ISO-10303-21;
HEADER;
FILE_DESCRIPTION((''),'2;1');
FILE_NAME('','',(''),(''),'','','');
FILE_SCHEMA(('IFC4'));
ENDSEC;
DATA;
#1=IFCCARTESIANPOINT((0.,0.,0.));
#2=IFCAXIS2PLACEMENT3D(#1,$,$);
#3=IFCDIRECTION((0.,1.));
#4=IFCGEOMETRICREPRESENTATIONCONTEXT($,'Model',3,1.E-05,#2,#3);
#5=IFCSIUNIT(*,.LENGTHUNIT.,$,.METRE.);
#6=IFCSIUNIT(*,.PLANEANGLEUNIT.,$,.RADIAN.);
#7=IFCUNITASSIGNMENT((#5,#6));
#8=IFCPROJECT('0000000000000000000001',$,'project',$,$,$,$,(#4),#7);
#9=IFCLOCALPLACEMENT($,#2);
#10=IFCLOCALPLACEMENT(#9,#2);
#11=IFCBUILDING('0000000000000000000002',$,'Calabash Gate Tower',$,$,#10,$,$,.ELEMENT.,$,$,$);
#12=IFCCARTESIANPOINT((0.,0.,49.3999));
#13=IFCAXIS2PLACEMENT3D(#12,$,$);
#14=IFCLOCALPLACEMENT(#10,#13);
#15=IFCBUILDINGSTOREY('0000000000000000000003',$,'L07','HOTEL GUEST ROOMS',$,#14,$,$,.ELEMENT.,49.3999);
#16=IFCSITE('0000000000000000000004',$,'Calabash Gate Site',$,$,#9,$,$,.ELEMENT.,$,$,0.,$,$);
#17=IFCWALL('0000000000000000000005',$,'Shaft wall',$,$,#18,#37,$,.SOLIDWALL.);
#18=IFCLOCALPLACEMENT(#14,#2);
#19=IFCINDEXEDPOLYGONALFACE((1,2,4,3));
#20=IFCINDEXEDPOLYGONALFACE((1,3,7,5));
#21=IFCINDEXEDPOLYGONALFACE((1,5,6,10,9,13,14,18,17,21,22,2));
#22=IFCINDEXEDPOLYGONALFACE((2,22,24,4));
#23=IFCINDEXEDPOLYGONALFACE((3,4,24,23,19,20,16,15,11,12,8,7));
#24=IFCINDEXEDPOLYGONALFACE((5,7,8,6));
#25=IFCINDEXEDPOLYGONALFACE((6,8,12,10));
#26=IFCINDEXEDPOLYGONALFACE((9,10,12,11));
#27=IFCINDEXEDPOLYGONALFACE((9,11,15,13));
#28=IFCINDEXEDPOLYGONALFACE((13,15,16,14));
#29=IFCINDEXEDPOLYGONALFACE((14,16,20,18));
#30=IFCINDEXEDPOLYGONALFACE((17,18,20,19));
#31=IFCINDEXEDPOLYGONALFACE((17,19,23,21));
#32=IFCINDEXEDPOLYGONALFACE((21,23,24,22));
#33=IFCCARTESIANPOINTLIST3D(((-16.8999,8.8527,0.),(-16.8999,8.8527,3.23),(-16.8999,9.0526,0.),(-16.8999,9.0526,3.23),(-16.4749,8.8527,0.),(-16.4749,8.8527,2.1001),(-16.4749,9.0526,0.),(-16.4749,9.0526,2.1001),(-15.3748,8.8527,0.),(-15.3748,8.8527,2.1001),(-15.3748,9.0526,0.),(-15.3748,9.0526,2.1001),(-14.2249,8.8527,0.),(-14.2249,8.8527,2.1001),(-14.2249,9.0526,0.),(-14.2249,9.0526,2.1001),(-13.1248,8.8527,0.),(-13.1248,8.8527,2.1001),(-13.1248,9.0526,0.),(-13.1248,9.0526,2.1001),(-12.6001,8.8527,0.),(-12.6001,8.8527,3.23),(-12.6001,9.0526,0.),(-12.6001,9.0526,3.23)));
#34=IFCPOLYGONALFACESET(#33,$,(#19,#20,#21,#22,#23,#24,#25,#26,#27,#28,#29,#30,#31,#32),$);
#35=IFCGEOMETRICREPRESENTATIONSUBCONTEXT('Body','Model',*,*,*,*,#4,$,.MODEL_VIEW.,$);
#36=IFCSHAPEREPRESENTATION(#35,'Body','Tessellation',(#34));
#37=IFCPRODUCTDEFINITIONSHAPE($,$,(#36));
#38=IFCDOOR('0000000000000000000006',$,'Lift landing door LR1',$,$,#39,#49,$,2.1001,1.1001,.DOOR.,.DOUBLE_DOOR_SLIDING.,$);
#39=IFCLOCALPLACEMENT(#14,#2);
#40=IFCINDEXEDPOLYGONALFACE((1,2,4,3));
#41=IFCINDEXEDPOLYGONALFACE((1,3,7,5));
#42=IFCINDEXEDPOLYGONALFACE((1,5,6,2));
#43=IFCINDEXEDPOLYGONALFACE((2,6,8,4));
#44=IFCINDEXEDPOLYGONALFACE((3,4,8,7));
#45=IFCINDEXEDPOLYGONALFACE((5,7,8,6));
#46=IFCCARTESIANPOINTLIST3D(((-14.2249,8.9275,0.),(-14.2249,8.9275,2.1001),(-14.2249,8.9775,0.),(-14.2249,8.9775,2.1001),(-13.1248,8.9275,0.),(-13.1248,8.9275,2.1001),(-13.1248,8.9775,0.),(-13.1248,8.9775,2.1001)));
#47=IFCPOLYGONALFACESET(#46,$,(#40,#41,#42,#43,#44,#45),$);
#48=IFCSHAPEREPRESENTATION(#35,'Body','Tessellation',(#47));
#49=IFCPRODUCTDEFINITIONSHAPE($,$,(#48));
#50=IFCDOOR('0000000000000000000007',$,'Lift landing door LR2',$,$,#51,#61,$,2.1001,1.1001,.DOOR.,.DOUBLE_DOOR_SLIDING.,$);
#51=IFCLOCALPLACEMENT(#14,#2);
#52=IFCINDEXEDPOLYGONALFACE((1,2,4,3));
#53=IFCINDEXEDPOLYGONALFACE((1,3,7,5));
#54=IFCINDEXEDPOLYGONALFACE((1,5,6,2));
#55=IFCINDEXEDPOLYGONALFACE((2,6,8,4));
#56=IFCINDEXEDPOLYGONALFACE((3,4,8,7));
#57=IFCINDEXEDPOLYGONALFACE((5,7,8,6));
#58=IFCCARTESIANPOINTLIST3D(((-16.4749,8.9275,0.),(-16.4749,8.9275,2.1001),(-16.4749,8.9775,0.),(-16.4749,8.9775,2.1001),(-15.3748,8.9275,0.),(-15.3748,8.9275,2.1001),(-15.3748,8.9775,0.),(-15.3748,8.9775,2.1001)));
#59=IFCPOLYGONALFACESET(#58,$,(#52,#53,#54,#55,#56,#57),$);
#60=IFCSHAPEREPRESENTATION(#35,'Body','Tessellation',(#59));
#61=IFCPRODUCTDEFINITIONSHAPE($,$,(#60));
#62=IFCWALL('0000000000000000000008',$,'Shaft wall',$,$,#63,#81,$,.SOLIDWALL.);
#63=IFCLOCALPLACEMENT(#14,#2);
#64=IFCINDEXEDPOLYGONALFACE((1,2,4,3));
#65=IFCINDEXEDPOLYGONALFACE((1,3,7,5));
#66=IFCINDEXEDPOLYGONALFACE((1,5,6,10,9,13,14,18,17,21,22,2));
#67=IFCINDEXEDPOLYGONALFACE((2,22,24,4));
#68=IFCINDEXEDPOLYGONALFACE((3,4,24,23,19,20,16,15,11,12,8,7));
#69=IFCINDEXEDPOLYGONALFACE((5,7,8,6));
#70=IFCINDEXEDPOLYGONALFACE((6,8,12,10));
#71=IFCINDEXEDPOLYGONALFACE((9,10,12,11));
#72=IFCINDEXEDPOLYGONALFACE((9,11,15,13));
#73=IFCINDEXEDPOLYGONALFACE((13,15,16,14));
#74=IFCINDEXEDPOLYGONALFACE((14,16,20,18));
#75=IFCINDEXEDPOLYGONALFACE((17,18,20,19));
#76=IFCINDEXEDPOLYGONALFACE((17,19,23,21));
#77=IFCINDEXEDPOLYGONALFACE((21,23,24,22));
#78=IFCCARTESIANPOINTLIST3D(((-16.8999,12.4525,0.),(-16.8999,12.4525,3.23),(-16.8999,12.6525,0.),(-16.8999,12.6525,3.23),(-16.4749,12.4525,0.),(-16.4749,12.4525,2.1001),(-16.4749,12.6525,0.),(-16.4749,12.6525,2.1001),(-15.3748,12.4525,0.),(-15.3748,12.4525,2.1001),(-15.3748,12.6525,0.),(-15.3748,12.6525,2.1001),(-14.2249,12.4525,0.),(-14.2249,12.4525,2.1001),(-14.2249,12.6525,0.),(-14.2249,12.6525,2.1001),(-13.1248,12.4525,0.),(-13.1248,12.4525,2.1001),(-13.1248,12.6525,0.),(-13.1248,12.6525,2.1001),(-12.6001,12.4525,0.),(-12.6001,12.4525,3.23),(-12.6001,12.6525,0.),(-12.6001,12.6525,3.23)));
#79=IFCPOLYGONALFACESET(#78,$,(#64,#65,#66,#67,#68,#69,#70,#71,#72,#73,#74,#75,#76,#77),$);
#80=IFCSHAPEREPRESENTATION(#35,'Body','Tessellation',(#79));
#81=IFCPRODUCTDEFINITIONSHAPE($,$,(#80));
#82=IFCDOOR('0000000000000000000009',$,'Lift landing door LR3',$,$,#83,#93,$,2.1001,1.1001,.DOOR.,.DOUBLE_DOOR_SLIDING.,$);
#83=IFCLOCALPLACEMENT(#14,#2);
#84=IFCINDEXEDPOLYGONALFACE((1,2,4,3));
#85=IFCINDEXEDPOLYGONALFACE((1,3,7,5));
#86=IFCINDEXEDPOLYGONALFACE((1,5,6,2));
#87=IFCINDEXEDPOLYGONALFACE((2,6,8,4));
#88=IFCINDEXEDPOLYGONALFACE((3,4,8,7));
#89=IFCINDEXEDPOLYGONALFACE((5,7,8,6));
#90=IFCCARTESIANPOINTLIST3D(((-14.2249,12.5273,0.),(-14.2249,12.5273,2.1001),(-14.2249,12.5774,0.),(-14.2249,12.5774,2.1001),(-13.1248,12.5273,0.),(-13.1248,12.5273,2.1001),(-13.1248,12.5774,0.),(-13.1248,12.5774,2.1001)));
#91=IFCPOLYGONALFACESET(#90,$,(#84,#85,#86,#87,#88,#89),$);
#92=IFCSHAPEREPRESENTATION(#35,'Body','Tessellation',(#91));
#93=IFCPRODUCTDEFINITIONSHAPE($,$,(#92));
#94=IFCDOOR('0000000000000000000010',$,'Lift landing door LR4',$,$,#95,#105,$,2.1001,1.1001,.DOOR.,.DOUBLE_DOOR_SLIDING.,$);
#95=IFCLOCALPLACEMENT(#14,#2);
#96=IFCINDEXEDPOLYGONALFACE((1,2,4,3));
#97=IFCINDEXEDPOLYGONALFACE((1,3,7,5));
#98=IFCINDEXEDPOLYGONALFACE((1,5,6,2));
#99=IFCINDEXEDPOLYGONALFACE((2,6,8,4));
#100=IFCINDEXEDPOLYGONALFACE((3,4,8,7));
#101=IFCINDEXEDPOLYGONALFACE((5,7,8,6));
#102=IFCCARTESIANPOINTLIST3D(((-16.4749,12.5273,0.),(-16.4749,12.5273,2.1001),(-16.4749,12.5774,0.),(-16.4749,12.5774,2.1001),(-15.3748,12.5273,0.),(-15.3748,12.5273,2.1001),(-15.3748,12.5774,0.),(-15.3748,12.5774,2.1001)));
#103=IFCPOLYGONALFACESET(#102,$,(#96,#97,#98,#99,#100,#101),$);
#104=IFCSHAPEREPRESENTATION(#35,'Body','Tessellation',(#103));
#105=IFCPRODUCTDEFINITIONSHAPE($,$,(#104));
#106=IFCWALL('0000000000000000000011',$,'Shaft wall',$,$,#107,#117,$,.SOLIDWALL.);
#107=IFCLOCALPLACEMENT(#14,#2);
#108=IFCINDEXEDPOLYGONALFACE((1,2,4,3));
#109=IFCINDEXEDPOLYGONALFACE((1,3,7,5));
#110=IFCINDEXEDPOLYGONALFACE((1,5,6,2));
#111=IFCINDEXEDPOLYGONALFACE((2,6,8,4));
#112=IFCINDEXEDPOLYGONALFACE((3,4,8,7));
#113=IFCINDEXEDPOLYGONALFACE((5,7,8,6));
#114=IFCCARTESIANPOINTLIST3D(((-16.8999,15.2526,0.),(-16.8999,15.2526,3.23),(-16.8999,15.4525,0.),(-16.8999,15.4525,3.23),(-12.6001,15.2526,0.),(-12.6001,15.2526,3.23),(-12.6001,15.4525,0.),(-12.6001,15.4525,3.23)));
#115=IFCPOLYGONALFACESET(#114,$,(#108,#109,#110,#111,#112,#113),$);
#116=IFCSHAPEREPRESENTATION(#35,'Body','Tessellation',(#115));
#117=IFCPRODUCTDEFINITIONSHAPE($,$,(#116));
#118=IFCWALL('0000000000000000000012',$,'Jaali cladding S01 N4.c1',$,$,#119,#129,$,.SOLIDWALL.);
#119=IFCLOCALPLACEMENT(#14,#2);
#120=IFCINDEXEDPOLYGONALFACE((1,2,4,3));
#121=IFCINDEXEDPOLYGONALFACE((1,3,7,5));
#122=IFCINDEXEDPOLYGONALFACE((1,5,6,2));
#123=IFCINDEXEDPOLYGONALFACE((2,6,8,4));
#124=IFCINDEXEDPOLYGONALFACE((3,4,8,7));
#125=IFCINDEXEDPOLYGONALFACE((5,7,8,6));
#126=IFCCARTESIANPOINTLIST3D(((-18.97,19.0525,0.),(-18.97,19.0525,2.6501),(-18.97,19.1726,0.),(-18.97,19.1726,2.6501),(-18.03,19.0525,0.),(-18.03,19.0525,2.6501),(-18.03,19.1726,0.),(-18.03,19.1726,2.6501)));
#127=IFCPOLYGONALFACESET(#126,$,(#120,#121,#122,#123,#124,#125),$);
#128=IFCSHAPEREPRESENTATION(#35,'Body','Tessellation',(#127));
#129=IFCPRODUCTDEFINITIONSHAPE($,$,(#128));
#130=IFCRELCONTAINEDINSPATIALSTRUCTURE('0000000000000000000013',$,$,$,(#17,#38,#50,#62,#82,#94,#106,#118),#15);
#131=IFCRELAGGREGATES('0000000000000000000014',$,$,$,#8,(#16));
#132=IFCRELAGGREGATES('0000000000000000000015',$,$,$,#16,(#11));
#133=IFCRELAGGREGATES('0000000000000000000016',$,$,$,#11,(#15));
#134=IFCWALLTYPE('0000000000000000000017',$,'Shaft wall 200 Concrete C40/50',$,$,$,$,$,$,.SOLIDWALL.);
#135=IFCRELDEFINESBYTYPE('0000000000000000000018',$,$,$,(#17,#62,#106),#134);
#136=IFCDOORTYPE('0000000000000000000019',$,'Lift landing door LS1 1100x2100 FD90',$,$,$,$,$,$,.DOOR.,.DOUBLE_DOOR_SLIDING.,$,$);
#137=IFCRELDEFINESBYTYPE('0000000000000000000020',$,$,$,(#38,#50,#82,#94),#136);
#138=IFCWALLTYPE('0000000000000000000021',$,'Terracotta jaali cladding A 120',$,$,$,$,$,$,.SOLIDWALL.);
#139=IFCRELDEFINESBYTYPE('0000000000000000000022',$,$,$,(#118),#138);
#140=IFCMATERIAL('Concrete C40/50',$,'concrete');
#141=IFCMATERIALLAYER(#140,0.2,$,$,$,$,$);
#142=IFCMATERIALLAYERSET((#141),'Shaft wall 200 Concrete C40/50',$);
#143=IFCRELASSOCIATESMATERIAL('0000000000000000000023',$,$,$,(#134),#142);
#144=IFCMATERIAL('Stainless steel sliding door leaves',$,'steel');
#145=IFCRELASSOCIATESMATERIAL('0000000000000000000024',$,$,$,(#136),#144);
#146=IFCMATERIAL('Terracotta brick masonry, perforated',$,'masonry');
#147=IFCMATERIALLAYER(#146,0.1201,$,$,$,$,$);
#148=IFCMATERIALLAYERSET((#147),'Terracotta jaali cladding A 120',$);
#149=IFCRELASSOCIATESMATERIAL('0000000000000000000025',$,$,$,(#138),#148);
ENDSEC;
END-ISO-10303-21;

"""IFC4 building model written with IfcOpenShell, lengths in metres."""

from ifc_helpers import new_model, si_unit, direction, frame, frame_2d, origin, place, context, subcontext, project, spatial, rectangle, extrude, material, layer, layer_set, type_object, element, fill, save


model = new_model("IFC4")

# Units and contexts
model_context = context("Model", 3, precision=1e-05, world=origin(), true_north=direction((0.0, 1.0)))
body_context = subcontext(model_context, "Body", "Model", "MODEL_VIEW")
ifc_project = project(units=[si_unit("LENGTHUNIT", "METRE"), si_unit("PLANEANGLEUNIT", "RADIAN")], contexts=[model_context])

# Site, building, storey
site_placement = place(None, origin())
site = spatial("IfcSite", under=ifc_project, at=site_placement, Name="Calabash Gate Site", CompositionType="ELEMENT", RefElevation=0.0)
building_placement = place(site_placement, origin())
building = spatial("IfcBuilding", under=site, at=building_placement, Name="Calabash Gate Tower", CompositionType="ELEMENT")
storey_placement = place(building_placement, frame((0.0, 0.0, 49.3999)))
storey = spatial("IfcBuildingStorey", under=building, at=storey_placement, Name="L07", Description="HOTEL GUEST ROOMS", CompositionType="ELEMENT", Elevation=49.3999)

# Walls, openings, doors
ifc_material_1 = material(Name="Concrete C40/50", Category="concrete")
ifc_layer_1 = layer(ifc_material_1, 0.2)
ifc_layer_set_1 = layer_set([ifc_layer_1], Name="Shaft wall 200 Concrete C40/50")
wall_type_1 = type_object("IfcWallType", Name="Shaft wall 200 Concrete C40/50", PredefinedType="SOLIDWALL", material=ifc_layer_set_1)
wall_1_placement = place(storey_placement, frame((-16.8999, 8.9526, 0.0), z_axis=(0.0, 0.0, 1.0), x_axis=(1.0, 0.0, 0.0)))
wall_1 = element("IfcWall", 1, at=wall_1_placement, inside=storey, type_object=wall_type_1, Name="Shaft wall", PredefinedType="SOLIDWALL", context=body_context, shape_type="SweptSolid", body=[
    extrude(rectangle(XDim=4.2998, YDim=0.2, at=frame_2d((2.1499, 0.0))), origin(), (0.0, 0.0, 1.0), 3.23),
])
opening_1_placement = place(wall_1_placement, frame((2.675, 0.0, 0.0)))
opening_1 = element("IfcOpeningElement", 2, at=opening_1_placement, cuts=wall_1, PredefinedType="OPENING", context=body_context, shape_type="SweptSolid", body=[
    extrude(rectangle(XDim=1.1001, YDim=2.1001, at=frame_2d((0.55, 1.05))), frame((0.0, 0.1099, 0.0), z_axis=(0.0, -1.0, 0.0), x_axis=(1.0, 0.0, 0.0)), (0.0, 0.0, 1.0), 0.22),
])
opening_2_placement = place(wall_1_placement, frame((0.425, 0.0, 0.0)))
opening_2 = element("IfcOpeningElement", 3, at=opening_2_placement, cuts=wall_1, PredefinedType="OPENING", context=body_context, shape_type="SweptSolid", body=[
    extrude(rectangle(XDim=1.1001, YDim=2.1001, at=frame_2d((0.55, 1.05))), frame((0.0, 0.1099, 0.0), z_axis=(0.0, -1.0, 0.0), x_axis=(1.0, 0.0, 0.0)), (0.0, 0.0, 1.0), 0.22),
])
ifc_material_2 = material(Name="Stainless steel sliding door leaves", Category="steel")
door_type_1 = type_object("IfcDoorType", Name="Lift landing door LS1 1100x2100 FD90", OperationType="DOUBLE_DOOR_SLIDING", PredefinedType="DOOR", material=ifc_material_2)
door_1_placement = place(opening_1_placement, origin())
door_1 = element("IfcDoor", 4, at=door_1_placement, inside=storey, type_object=door_type_1, Name="Lift landing door LR1", OperationType="DOUBLE_DOOR_SLIDING", OverallHeight=2.1001, OverallWidth=1.1001, PredefinedType="DOOR", context=body_context, shape_type="SweptSolid", body=[
    extrude(rectangle(XDim=1.1001, YDim=2.1001, at=frame_2d((0.55, 1.05))), frame((0.0, 0.0249, 0.0), z_axis=(0.0, -1.0, 0.0), x_axis=(1.0, 0.0, 0.0)), (0.0, 0.0, 1.0), 0.05),
])
fill(opening_1, door_1)
door_2_placement = place(opening_2_placement, origin())
door_2 = element("IfcDoor", 5, at=door_2_placement, inside=storey, type_object=door_type_1, Name="Lift landing door LR2", OperationType="DOUBLE_DOOR_SLIDING", OverallHeight=2.1001, OverallWidth=1.1001, PredefinedType="DOOR", context=body_context, shape_type="SweptSolid", body=[
    extrude(rectangle(XDim=1.1001, YDim=2.1001, at=frame_2d((0.55, 1.05))), frame((0.0, 0.0249, 0.0), z_axis=(0.0, -1.0, 0.0), x_axis=(1.0, 0.0, 0.0)), (0.0, 0.0, 1.0), 0.05),
])
fill(opening_2, door_2)
wall_2_placement = place(storey_placement, frame((-16.8999, 12.5525, 0.0), z_axis=(0.0, 0.0, 1.0), x_axis=(1.0, 0.0, 0.0)))
wall_2 = element("IfcWall", 6, at=wall_2_placement, inside=storey, type_object=wall_type_1, Name="Shaft wall", PredefinedType="SOLIDWALL", context=body_context, shape_type="SweptSolid", body=[
    extrude(rectangle(XDim=4.2998, YDim=0.2, at=frame_2d((2.1499, 0.0))), origin(), (0.0, 0.0, 1.0), 3.23),
])
opening_3_placement = place(wall_2_placement, frame((2.675, 0.0, 0.0)))
opening_3 = element("IfcOpeningElement", 7, at=opening_3_placement, cuts=wall_2, PredefinedType="OPENING", context=body_context, shape_type="SweptSolid", body=[
    extrude(rectangle(XDim=1.1001, YDim=2.1001, at=frame_2d((0.55, 1.05))), frame((0.0, 0.1099, 0.0), z_axis=(0.0, -1.0, 0.0), x_axis=(1.0, 0.0, 0.0)), (0.0, 0.0, 1.0), 0.22),
])
opening_4_placement = place(wall_2_placement, frame((0.425, 0.0, 0.0)))
opening_4 = element("IfcOpeningElement", 8, at=opening_4_placement, cuts=wall_2, PredefinedType="OPENING", context=body_context, shape_type="SweptSolid", body=[
    extrude(rectangle(XDim=1.1001, YDim=2.1001, at=frame_2d((0.55, 1.05))), frame((0.0, 0.1099, 0.0), z_axis=(0.0, -1.0, 0.0), x_axis=(1.0, 0.0, 0.0)), (0.0, 0.0, 1.0), 0.22),
])
door_3_placement = place(opening_3_placement, origin())
door_3 = element("IfcDoor", 9, at=door_3_placement, inside=storey, type_object=door_type_1, Name="Lift landing door LR3", OperationType="DOUBLE_DOOR_SLIDING", OverallHeight=2.1001, OverallWidth=1.1001, PredefinedType="DOOR", context=body_context, shape_type="SweptSolid", body=[
    extrude(rectangle(XDim=1.1001, YDim=2.1001, at=frame_2d((0.55, 1.05))), frame((0.0, 0.0249, 0.0), z_axis=(0.0, -1.0, 0.0), x_axis=(1.0, 0.0, 0.0)), (0.0, 0.0, 1.0), 0.05),
])
fill(opening_3, door_3)
door_4_placement = place(opening_4_placement, origin())
door_4 = element("IfcDoor", 10, at=door_4_placement, inside=storey, type_object=door_type_1, Name="Lift landing door LR4", OperationType="DOUBLE_DOOR_SLIDING", OverallHeight=2.1001, OverallWidth=1.1001, PredefinedType="DOOR", context=body_context, shape_type="SweptSolid", body=[
    extrude(rectangle(XDim=1.1001, YDim=2.1001, at=frame_2d((0.55, 1.05))), frame((0.0, 0.0249, 0.0), z_axis=(0.0, -1.0, 0.0), x_axis=(1.0, 0.0, 0.0)), (0.0, 0.0, 1.0), 0.05),
])
fill(opening_4, door_4)

# Walls
wall_3_placement = place(storey_placement, frame((-16.8999, 15.3525, 0.0), z_axis=(0.0, 0.0, 1.0), x_axis=(1.0, 0.0, 0.0)))
element("IfcWall", 11, at=wall_3_placement, inside=storey, type_object=wall_type_1, Name="Shaft wall", PredefinedType="SOLIDWALL", context=body_context, shape_type="SweptSolid", body=[
    extrude(rectangle(XDim=4.2998, YDim=0.2, at=frame_2d((2.1499, 0.0))), origin(), (0.0, 0.0, 1.0), 3.23),
])
ifc_material_3 = material(Name="Terracotta brick masonry, perforated", Category="masonry")
ifc_layer_2 = layer(ifc_material_3, 0.1201)
ifc_layer_set_2 = layer_set([ifc_layer_2], Name="Terracotta jaali cladding A 120")
wall_type_2 = type_object("IfcWallType", Name="Terracotta jaali cladding A 120", PredefinedType="SOLIDWALL", material=ifc_layer_set_2)
wall_4_placement = place(storey_placement, frame((-18.97, 19.1125, 0.0), z_axis=(0.0, 0.0, 1.0), x_axis=(1.0, 0.0, 0.0)))
element("IfcWall", 12, at=wall_4_placement, inside=storey, type_object=wall_type_2, Name="Jaali cladding S01 N4.c1", PredefinedType="SOLIDWALL", context=body_context, shape_type="SweptSolid", body=[
    extrude(rectangle(XDim=0.9399, YDim=0.1201, at=frame_2d((0.47, 0.0))), origin(), (0.0, 0.0, 1.0), 2.6501),
])

save(model, "model.ifc")
